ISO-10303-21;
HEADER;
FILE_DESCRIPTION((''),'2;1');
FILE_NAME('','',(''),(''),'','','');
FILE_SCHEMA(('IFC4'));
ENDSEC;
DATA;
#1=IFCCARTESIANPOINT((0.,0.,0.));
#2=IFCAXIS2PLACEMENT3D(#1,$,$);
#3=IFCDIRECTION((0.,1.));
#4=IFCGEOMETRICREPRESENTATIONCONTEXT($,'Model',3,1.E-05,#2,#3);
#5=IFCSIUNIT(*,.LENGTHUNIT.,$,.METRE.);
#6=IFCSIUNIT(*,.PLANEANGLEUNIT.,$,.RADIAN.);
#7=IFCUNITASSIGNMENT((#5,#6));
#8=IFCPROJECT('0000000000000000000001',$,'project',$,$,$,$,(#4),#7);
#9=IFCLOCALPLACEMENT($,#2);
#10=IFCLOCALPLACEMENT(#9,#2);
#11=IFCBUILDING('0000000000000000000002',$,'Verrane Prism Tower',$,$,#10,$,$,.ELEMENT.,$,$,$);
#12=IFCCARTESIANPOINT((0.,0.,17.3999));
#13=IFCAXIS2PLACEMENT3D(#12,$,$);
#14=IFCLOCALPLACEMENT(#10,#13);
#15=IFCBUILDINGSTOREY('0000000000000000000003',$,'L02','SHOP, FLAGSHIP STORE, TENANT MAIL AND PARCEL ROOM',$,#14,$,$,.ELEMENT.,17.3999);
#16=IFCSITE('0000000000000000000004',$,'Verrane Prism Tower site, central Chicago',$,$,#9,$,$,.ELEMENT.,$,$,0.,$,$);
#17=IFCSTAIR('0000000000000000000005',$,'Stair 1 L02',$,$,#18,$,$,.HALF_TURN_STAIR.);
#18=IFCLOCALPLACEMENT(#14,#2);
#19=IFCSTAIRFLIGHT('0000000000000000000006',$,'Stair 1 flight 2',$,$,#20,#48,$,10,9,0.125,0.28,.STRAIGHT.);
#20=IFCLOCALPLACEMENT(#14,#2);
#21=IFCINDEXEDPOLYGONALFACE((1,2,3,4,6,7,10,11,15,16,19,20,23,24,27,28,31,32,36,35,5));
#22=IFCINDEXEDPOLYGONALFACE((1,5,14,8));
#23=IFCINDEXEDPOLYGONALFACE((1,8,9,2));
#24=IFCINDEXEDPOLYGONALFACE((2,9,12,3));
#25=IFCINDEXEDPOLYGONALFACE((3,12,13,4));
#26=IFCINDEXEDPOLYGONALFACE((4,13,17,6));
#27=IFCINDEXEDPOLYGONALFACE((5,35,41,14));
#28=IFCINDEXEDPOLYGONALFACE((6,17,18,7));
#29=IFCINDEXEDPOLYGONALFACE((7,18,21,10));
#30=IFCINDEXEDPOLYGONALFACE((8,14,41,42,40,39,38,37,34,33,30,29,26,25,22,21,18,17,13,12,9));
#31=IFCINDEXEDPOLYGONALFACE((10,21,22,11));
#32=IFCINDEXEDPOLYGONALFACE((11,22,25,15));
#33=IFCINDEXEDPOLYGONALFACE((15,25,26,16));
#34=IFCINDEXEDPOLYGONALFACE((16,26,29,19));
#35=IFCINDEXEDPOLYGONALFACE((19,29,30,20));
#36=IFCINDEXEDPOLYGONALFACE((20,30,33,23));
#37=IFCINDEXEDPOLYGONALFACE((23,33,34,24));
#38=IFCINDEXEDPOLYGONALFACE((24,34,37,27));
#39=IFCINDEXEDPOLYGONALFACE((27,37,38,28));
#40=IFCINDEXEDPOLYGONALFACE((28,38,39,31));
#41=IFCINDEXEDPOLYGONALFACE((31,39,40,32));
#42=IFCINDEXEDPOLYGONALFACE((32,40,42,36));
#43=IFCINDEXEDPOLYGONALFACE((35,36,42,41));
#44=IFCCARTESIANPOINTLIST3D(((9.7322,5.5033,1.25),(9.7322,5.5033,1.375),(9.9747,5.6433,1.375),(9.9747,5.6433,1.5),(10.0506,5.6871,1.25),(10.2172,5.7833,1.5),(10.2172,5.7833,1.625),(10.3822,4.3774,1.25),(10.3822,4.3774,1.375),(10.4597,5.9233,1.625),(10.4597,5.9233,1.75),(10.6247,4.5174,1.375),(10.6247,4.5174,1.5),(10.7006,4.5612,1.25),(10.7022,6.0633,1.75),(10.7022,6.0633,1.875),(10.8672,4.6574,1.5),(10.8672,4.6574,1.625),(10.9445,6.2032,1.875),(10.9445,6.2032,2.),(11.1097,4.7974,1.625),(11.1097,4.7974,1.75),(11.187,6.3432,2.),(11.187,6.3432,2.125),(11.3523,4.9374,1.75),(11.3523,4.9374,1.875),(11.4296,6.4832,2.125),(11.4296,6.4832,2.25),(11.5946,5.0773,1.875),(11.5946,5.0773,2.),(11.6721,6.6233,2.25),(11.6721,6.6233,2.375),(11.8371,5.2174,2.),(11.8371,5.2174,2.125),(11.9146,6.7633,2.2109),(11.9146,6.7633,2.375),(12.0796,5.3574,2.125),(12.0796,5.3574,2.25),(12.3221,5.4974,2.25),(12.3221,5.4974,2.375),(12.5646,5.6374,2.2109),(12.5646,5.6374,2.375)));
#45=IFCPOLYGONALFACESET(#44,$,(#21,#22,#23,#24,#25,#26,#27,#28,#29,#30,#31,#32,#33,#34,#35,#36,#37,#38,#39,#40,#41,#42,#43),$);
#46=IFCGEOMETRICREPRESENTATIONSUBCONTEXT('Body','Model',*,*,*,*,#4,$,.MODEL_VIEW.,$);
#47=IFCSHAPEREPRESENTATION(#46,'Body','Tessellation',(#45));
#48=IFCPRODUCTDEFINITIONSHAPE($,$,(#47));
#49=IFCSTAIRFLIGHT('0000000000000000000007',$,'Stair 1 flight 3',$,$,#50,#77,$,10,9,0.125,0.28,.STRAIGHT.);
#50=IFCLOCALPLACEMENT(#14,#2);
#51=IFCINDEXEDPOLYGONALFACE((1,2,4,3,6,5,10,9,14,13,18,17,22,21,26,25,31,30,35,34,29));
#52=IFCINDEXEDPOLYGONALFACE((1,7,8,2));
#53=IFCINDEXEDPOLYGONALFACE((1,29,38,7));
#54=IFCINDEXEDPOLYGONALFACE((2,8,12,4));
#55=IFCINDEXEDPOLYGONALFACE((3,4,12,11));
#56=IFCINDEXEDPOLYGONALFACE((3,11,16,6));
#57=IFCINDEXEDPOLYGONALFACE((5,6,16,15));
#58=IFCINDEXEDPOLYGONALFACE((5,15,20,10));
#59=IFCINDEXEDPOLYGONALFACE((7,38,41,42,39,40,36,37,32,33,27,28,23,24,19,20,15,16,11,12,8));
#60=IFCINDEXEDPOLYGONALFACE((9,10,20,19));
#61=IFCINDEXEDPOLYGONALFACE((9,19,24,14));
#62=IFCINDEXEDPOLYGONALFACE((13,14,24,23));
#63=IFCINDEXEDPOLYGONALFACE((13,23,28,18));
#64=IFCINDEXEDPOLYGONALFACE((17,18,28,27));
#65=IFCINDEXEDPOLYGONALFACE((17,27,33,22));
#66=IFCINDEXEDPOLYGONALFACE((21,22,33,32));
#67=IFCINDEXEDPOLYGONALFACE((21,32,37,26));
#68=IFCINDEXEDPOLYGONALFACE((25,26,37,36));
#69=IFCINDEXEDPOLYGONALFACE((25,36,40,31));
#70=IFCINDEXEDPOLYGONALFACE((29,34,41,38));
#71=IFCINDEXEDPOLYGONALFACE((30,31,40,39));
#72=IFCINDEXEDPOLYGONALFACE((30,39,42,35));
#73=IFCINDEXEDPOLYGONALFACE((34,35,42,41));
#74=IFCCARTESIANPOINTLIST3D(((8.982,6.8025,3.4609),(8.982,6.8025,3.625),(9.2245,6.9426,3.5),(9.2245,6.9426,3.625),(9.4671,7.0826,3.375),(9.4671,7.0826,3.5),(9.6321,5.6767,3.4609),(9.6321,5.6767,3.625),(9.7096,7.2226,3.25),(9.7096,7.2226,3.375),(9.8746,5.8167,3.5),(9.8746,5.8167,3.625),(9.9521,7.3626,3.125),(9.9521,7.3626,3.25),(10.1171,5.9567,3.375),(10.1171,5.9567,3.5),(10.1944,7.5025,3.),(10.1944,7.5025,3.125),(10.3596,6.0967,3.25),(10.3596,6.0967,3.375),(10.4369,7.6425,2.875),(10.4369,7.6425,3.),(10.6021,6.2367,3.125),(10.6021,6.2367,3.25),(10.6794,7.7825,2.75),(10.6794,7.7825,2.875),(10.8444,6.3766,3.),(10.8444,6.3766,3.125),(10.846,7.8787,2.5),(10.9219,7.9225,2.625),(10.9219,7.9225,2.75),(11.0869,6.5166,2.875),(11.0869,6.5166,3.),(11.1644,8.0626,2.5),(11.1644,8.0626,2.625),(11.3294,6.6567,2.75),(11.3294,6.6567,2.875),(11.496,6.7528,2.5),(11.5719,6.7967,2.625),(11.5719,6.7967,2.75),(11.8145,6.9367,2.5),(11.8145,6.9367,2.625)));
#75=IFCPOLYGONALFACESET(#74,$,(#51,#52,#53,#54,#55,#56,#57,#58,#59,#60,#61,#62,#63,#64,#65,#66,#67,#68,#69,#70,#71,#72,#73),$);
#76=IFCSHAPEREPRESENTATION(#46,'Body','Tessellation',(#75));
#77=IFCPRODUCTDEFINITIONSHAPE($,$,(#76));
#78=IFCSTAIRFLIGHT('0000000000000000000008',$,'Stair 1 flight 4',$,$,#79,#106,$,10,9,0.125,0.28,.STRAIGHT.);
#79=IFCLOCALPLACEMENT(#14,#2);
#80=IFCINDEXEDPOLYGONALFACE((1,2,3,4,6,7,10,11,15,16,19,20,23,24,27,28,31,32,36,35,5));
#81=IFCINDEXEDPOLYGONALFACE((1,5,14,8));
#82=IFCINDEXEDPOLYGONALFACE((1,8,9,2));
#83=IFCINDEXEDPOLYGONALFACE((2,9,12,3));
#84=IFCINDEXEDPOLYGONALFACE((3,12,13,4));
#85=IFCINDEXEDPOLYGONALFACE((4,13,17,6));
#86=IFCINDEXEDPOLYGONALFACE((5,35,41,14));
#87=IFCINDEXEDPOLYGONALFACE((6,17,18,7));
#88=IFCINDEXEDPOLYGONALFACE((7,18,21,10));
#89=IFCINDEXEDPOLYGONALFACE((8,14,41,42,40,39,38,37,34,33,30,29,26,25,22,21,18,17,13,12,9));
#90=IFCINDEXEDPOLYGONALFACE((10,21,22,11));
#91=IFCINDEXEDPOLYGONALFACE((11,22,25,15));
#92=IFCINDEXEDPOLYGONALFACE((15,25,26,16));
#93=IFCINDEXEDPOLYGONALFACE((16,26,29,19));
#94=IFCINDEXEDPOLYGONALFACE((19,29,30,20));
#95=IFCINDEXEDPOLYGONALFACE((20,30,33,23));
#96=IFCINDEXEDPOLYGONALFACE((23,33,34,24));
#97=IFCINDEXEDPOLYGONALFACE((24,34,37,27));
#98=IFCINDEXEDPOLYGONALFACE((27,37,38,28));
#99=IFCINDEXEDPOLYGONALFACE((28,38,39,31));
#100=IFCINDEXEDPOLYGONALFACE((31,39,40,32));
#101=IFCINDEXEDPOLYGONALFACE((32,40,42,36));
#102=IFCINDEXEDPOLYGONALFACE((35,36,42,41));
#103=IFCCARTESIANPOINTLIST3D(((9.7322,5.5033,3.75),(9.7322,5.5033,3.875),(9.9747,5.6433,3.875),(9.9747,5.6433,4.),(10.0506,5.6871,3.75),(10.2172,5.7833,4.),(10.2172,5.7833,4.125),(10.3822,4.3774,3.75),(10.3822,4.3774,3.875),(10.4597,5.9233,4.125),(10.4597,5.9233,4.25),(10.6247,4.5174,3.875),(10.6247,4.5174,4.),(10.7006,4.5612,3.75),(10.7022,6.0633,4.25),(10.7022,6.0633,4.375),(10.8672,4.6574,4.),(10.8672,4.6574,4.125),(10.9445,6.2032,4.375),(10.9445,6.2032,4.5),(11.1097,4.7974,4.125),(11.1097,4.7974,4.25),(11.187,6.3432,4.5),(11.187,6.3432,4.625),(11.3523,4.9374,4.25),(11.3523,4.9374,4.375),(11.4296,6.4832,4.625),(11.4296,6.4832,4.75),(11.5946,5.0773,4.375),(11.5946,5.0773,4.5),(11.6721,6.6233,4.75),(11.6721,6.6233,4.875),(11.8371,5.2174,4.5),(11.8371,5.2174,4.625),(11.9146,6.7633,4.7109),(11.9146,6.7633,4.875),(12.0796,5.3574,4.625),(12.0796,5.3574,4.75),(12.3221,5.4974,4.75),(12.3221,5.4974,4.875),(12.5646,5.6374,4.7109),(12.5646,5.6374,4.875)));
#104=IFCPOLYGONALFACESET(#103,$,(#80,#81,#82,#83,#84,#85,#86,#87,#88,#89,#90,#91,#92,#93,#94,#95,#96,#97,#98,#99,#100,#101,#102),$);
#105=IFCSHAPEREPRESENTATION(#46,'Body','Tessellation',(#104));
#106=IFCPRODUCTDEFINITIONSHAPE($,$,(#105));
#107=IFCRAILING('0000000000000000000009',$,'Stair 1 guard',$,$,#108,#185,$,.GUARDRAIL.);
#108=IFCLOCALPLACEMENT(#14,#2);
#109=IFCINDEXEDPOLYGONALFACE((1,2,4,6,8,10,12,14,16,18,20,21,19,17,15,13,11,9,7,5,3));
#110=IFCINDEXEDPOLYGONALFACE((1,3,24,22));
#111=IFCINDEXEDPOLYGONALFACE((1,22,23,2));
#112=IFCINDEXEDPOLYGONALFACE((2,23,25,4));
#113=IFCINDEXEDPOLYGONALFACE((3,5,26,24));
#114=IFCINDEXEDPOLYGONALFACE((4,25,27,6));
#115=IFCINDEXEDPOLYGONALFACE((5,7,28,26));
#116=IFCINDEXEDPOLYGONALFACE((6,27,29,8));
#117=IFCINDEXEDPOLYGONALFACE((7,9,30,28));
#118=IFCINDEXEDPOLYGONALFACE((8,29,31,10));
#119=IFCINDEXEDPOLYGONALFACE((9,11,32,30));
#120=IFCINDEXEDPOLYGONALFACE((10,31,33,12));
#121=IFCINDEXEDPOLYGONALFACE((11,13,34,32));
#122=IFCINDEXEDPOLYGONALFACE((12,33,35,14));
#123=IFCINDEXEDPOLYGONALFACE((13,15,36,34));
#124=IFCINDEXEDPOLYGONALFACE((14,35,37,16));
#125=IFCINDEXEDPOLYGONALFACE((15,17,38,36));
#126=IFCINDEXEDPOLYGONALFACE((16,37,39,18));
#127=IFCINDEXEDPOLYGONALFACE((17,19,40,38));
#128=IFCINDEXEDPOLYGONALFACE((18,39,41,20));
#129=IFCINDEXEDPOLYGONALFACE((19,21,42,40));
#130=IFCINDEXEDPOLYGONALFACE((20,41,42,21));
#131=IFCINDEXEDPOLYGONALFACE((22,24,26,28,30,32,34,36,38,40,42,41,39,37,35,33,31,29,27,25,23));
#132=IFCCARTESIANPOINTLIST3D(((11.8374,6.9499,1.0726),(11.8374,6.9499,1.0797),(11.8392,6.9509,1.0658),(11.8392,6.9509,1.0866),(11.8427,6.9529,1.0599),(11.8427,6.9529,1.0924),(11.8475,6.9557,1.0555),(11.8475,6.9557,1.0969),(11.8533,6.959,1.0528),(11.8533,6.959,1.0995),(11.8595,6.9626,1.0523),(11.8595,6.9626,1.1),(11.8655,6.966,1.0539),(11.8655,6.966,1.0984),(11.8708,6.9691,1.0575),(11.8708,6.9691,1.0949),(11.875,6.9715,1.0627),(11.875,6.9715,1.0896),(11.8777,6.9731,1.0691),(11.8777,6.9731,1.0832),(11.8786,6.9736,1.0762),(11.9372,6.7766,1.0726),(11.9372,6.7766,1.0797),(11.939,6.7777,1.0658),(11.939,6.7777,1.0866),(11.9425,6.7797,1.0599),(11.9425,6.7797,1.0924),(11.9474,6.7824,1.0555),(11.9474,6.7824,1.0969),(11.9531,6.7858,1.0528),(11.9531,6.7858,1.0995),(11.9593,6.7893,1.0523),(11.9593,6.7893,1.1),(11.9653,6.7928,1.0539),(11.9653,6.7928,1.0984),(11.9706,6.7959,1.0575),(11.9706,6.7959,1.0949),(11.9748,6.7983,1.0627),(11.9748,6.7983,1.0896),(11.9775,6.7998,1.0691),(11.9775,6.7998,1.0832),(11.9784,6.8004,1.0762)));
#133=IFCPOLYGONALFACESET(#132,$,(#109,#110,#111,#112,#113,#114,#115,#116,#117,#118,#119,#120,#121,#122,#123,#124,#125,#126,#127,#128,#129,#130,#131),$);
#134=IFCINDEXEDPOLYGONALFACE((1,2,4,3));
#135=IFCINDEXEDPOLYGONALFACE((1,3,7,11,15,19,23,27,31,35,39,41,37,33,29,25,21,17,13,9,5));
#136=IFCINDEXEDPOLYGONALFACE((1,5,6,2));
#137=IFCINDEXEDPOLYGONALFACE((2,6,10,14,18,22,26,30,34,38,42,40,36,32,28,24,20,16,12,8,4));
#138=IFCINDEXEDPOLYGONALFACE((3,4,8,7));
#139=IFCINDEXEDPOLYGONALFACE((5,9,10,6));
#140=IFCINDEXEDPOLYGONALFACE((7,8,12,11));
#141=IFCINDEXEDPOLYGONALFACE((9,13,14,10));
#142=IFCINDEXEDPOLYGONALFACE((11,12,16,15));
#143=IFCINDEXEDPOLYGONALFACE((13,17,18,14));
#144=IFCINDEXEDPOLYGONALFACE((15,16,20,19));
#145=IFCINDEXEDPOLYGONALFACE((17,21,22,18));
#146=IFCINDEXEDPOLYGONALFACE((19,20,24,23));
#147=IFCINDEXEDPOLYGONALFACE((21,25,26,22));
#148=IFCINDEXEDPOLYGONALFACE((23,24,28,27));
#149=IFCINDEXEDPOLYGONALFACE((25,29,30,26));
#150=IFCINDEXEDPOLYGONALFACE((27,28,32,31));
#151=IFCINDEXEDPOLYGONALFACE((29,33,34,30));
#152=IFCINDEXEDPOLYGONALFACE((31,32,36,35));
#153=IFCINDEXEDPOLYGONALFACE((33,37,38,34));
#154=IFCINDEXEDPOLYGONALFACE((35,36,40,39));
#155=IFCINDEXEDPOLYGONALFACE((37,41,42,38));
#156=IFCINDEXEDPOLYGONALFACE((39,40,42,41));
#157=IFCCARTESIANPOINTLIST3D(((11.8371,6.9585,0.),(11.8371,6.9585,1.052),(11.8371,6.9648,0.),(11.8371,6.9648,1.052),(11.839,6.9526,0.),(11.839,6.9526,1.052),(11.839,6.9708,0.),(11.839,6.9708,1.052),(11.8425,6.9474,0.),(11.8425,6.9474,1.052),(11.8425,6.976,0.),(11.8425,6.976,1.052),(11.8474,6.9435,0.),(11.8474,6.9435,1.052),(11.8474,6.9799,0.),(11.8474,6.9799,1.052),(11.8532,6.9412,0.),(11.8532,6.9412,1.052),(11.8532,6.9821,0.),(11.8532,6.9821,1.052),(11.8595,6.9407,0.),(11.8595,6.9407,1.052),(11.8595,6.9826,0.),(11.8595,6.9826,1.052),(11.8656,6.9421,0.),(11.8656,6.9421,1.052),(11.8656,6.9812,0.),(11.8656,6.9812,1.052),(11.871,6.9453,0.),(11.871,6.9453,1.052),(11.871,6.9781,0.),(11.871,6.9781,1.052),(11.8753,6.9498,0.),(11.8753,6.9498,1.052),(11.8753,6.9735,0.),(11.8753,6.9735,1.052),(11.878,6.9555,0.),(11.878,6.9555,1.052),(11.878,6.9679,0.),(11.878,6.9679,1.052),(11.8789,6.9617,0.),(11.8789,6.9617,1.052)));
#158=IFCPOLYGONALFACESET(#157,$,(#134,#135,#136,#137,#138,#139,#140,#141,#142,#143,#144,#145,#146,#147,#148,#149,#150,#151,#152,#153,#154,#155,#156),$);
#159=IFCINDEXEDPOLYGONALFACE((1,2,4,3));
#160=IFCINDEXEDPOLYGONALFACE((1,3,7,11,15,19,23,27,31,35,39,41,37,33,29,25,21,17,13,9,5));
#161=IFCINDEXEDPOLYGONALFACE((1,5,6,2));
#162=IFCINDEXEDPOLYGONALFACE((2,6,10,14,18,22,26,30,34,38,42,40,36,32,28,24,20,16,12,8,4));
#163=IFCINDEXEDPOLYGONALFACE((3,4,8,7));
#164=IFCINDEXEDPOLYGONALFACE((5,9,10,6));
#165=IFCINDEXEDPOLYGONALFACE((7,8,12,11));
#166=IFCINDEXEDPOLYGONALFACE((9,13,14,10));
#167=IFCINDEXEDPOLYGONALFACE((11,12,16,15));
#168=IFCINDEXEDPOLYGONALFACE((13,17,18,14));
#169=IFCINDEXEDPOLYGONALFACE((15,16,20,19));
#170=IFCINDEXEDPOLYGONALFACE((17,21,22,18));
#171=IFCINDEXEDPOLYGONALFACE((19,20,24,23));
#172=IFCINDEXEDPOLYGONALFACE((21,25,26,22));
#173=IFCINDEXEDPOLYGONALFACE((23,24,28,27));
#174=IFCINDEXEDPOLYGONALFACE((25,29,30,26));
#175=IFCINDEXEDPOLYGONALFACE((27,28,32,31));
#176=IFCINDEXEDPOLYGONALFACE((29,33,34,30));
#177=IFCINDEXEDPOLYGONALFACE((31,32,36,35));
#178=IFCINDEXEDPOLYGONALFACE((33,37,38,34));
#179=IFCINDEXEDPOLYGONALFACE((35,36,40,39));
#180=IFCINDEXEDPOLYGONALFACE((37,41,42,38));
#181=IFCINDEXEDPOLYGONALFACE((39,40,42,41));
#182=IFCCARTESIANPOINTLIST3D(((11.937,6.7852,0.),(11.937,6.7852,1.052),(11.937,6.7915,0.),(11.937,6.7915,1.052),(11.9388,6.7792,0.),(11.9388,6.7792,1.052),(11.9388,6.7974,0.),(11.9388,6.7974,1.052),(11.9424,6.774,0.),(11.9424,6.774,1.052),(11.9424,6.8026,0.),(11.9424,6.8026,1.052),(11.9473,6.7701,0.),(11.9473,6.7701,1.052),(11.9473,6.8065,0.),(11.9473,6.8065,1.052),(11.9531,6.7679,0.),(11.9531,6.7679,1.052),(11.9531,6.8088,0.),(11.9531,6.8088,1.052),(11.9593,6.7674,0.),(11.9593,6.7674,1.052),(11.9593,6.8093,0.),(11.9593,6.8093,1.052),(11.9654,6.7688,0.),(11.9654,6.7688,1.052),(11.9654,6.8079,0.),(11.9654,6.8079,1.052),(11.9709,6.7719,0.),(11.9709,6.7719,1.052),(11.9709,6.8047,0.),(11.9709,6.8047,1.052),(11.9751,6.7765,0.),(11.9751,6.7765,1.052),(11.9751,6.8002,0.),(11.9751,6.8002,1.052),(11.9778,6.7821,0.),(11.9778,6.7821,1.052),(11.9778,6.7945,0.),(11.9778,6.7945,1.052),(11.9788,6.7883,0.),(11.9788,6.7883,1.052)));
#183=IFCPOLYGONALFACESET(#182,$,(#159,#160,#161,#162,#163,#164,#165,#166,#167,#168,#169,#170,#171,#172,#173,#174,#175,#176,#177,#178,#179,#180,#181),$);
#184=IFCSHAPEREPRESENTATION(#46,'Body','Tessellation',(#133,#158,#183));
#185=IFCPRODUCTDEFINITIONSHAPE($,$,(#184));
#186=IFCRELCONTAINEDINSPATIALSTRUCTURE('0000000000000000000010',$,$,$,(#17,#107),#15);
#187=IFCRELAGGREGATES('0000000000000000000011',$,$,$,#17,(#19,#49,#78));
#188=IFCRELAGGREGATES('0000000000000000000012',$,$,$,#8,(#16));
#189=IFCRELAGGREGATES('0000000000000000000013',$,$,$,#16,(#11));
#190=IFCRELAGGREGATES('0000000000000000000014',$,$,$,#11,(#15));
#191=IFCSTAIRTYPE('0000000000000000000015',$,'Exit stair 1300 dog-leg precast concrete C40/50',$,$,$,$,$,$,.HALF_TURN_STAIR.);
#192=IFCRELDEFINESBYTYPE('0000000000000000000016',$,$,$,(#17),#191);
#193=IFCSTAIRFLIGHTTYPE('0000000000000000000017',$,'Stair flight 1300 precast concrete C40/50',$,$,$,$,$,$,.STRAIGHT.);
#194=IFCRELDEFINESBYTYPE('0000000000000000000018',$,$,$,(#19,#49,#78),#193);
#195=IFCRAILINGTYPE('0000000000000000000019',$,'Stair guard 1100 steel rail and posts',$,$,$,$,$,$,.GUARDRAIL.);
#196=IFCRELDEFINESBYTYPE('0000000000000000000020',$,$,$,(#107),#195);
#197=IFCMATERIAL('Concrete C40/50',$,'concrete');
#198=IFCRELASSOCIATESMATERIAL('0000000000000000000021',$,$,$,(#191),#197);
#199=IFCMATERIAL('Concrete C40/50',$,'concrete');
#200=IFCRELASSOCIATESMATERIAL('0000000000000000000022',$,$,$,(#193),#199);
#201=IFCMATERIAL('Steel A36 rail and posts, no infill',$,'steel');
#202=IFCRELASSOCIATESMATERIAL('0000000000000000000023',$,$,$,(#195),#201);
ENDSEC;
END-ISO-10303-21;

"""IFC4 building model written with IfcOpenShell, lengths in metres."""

from ifc_helpers import new_model, si_unit, direction, frame, origin, origin_2d, place, context, subcontext, project, spatial, polyline, circle, outline, extrude, material, type_object, element, aggregate, save


model = new_model("IFC4")

# Units and contexts
model_context = context("Model", 3, precision=1e-05, world=origin(), true_north=direction((0.0, 1.0)))
body_context = subcontext(model_context, "Body", "Model", "MODEL_VIEW")
ifc_project = project(units=[si_unit("LENGTHUNIT", "METRE"), si_unit("PLANEANGLEUNIT", "RADIAN")], contexts=[model_context])

# Site, building, storey
site_placement = place(None, origin())
site = spatial("IfcSite", under=ifc_project, at=site_placement, Name="Verrane Prism Tower site, central Chicago", CompositionType="ELEMENT", RefElevation=0.0)
building_placement = place(site_placement, origin())
building = spatial("IfcBuilding", under=site, at=building_placement, Name="Verrane Prism Tower", CompositionType="ELEMENT")
storey_placement = place(building_placement, frame((0.0, 0.0, 17.3999)))
storey = spatial("IfcBuildingStorey", under=building, at=storey_placement, Name="L02", Description="SHOP, FLAGSHIP STORE, TENANT MAIL AND PARCEL ROOM", CompositionType="ELEMENT", Elevation=17.3999)

# Stair, stair flights
ifc_material_1 = material(Name="Concrete C40/50", Category="concrete")
stair_type = type_object("IfcStairType", Name="Exit stair 1300 dog-leg precast concrete C40/50", PredefinedType="HALF_TURN_STAIR", material=ifc_material_1)
stair_placement = place(storey_placement, origin())
stair = element("IfcStair", 1, at=stair_placement, inside=storey, type_object=stair_type, Name="Stair 1 L02", PredefinedType="HALF_TURN_STAIR")
ifc_material_2 = material(Name="Concrete C40/50", Category="concrete")
stair_flight_type = type_object("IfcStairFlightType", Name="Stair flight 1300 precast concrete C40/50", PredefinedType="STRAIGHT", material=ifc_material_2)
stair_flight_1_placement = place(storey_placement, frame((10.0571, 4.9404, 1.25), z_axis=(0.0, 0.0, 1.0), x_axis=(0.866025, 0.5, 0.0)))
stair_flight_1 = element("IfcStairFlight", 2, at=stair_flight_1_placement, type_object=stair_flight_type, Name="Stair 1 flight 2", NumberOfRisers=10, NumberOfTreads=9, PredefinedType="STRAIGHT", RiserHeight=0.125, TreadLength=0.28, context=body_context, shape_type="SweptSolid", body=[
    extrude(outline(polyline([(0.0, 0.0), (0.0, 0.125), (0.28, 0.125), (0.28, 0.25), (0.5601, 0.25), (0.5601, 0.375), (0.8401, 0.375), (0.8401, 0.5), (1.1201, 0.5), (1.1201, 0.625), (1.3999, 0.625), (1.3999, 0.75), (1.6799, 0.75), (1.6799, 0.875), (1.96, 0.875), (1.96, 1.0), (2.24, 1.0), (2.24, 1.125), (2.52, 1.125), (2.52, 1.25), (2.52, 0.9609), (0.3677, 0.0), (0.0, 0.0)])), frame((0.0, 0.6499, 0.0), z_axis=(0.0, -1.0, 0.0), x_axis=(1.0, 0.0, 0.0)), (0.0, 0.0, 1.0), 1.3),
])
stair_flight_2_placement = place(storey_placement, frame((11.4895, 7.4995, 2.5), z_axis=(0.0, 0.0, 1.0), x_axis=(-0.866025, -0.5, 0.0)))
stair_flight_2 = element("IfcStairFlight", 3, at=stair_flight_2_placement, type_object=stair_flight_type, Name="Stair 1 flight 3", NumberOfRisers=10, NumberOfTreads=9, PredefinedType="STRAIGHT", RiserHeight=0.125, TreadLength=0.28, context=body_context, shape_type="SweptSolid", body=[
    extrude(outline(polyline([(0.0, 0.0), (0.0, 0.125), (0.28, 0.125), (0.28, 0.25), (0.5601, 0.25), (0.5601, 0.375), (0.8401, 0.375), (0.8401, 0.5), (1.1201, 0.5), (1.1201, 0.625), (1.3999, 0.625), (1.3999, 0.75), (1.6799, 0.75), (1.6799, 0.875), (1.96, 0.875), (1.96, 1.0), (2.24, 1.0), (2.24, 1.125), (2.52, 1.125), (2.52, 1.25), (2.52, 0.9609), (0.3677, 0.0), (0.0, 0.0)])), frame((0.0, 0.6499, 0.0), z_axis=(0.0, -1.0, 0.0), x_axis=(1.0, 0.0, 0.0)), (0.0, 0.0, 1.0), 1.3),
])
stair_flight_3_placement = place(storey_placement, frame((10.0571, 4.9404, 3.75), z_axis=(0.0, 0.0, 1.0), x_axis=(0.866025, 0.5, 0.0)))
stair_flight_3 = element("IfcStairFlight", 4, at=stair_flight_3_placement, type_object=stair_flight_type, Name="Stair 1 flight 4", NumberOfRisers=10, NumberOfTreads=9, PredefinedType="STRAIGHT", RiserHeight=0.125, TreadLength=0.28, context=body_context, shape_type="SweptSolid", body=[
    extrude(outline(polyline([(0.0, 0.0), (0.0, 0.125), (0.28, 0.125), (0.28, 0.25), (0.5601, 0.25), (0.5601, 0.375), (0.8401, 0.375), (0.8401, 0.5), (1.1201, 0.5), (1.1201, 0.625), (1.3999, 0.625), (1.3999, 0.75), (1.6799, 0.75), (1.6799, 0.875), (1.96, 0.875), (1.96, 1.0), (2.24, 1.0), (2.24, 1.125), (2.52, 1.125), (2.52, 1.25), (2.52, 0.9609), (0.3677, 0.0), (0.0, 0.0)])), frame((0.0, 0.6499, 0.0), z_axis=(0.0, -1.0, 0.0), x_axis=(1.0, 0.0, 0.0)), (0.0, 0.0, 1.0), 1.3),
])
aggregate(stair, [stair_flight_1, stair_flight_2, stair_flight_3])

# Railing
ifc_material_3 = material(Name="Steel A36 rail and posts, no infill", Category="steel")
railing_type_1 = type_object("IfcRailingType", Name="Stair guard 1100 steel rail and posts", PredefinedType="GUARDRAIL", material=ifc_material_3)
railing_1_placement = place(storey_placement, frame((11.8579, 6.9617, 0.0)))
element("IfcRailing", 5, at=railing_1_placement, inside=storey, type_object=railing_type_1, Name="Stair 1 guard", PredefinedType="GUARDRAIL", context=body_context, shape_type="SweptSolid", body=[
    extrude(circle(Radius=0.0239, at=origin_2d()), frame((0.0, 0.0, 1.0762), z_axis=(0.499159, -0.86651, 0.0), x_axis=(0.86651, 0.499159, 0.0)), (0.0, 0.0, 1.0), 0.2),
    extrude(circle(Radius=0.021, at=origin_2d()), origin(), (0.0, 0.0, 1.0), 1.052),
    extrude(circle(Radius=0.021, at=origin_2d()), frame((0.0999, -0.1733, 0.0)), (0.0, 0.0, 1.0), 1.052),
])

save(model, "model.ifc")
